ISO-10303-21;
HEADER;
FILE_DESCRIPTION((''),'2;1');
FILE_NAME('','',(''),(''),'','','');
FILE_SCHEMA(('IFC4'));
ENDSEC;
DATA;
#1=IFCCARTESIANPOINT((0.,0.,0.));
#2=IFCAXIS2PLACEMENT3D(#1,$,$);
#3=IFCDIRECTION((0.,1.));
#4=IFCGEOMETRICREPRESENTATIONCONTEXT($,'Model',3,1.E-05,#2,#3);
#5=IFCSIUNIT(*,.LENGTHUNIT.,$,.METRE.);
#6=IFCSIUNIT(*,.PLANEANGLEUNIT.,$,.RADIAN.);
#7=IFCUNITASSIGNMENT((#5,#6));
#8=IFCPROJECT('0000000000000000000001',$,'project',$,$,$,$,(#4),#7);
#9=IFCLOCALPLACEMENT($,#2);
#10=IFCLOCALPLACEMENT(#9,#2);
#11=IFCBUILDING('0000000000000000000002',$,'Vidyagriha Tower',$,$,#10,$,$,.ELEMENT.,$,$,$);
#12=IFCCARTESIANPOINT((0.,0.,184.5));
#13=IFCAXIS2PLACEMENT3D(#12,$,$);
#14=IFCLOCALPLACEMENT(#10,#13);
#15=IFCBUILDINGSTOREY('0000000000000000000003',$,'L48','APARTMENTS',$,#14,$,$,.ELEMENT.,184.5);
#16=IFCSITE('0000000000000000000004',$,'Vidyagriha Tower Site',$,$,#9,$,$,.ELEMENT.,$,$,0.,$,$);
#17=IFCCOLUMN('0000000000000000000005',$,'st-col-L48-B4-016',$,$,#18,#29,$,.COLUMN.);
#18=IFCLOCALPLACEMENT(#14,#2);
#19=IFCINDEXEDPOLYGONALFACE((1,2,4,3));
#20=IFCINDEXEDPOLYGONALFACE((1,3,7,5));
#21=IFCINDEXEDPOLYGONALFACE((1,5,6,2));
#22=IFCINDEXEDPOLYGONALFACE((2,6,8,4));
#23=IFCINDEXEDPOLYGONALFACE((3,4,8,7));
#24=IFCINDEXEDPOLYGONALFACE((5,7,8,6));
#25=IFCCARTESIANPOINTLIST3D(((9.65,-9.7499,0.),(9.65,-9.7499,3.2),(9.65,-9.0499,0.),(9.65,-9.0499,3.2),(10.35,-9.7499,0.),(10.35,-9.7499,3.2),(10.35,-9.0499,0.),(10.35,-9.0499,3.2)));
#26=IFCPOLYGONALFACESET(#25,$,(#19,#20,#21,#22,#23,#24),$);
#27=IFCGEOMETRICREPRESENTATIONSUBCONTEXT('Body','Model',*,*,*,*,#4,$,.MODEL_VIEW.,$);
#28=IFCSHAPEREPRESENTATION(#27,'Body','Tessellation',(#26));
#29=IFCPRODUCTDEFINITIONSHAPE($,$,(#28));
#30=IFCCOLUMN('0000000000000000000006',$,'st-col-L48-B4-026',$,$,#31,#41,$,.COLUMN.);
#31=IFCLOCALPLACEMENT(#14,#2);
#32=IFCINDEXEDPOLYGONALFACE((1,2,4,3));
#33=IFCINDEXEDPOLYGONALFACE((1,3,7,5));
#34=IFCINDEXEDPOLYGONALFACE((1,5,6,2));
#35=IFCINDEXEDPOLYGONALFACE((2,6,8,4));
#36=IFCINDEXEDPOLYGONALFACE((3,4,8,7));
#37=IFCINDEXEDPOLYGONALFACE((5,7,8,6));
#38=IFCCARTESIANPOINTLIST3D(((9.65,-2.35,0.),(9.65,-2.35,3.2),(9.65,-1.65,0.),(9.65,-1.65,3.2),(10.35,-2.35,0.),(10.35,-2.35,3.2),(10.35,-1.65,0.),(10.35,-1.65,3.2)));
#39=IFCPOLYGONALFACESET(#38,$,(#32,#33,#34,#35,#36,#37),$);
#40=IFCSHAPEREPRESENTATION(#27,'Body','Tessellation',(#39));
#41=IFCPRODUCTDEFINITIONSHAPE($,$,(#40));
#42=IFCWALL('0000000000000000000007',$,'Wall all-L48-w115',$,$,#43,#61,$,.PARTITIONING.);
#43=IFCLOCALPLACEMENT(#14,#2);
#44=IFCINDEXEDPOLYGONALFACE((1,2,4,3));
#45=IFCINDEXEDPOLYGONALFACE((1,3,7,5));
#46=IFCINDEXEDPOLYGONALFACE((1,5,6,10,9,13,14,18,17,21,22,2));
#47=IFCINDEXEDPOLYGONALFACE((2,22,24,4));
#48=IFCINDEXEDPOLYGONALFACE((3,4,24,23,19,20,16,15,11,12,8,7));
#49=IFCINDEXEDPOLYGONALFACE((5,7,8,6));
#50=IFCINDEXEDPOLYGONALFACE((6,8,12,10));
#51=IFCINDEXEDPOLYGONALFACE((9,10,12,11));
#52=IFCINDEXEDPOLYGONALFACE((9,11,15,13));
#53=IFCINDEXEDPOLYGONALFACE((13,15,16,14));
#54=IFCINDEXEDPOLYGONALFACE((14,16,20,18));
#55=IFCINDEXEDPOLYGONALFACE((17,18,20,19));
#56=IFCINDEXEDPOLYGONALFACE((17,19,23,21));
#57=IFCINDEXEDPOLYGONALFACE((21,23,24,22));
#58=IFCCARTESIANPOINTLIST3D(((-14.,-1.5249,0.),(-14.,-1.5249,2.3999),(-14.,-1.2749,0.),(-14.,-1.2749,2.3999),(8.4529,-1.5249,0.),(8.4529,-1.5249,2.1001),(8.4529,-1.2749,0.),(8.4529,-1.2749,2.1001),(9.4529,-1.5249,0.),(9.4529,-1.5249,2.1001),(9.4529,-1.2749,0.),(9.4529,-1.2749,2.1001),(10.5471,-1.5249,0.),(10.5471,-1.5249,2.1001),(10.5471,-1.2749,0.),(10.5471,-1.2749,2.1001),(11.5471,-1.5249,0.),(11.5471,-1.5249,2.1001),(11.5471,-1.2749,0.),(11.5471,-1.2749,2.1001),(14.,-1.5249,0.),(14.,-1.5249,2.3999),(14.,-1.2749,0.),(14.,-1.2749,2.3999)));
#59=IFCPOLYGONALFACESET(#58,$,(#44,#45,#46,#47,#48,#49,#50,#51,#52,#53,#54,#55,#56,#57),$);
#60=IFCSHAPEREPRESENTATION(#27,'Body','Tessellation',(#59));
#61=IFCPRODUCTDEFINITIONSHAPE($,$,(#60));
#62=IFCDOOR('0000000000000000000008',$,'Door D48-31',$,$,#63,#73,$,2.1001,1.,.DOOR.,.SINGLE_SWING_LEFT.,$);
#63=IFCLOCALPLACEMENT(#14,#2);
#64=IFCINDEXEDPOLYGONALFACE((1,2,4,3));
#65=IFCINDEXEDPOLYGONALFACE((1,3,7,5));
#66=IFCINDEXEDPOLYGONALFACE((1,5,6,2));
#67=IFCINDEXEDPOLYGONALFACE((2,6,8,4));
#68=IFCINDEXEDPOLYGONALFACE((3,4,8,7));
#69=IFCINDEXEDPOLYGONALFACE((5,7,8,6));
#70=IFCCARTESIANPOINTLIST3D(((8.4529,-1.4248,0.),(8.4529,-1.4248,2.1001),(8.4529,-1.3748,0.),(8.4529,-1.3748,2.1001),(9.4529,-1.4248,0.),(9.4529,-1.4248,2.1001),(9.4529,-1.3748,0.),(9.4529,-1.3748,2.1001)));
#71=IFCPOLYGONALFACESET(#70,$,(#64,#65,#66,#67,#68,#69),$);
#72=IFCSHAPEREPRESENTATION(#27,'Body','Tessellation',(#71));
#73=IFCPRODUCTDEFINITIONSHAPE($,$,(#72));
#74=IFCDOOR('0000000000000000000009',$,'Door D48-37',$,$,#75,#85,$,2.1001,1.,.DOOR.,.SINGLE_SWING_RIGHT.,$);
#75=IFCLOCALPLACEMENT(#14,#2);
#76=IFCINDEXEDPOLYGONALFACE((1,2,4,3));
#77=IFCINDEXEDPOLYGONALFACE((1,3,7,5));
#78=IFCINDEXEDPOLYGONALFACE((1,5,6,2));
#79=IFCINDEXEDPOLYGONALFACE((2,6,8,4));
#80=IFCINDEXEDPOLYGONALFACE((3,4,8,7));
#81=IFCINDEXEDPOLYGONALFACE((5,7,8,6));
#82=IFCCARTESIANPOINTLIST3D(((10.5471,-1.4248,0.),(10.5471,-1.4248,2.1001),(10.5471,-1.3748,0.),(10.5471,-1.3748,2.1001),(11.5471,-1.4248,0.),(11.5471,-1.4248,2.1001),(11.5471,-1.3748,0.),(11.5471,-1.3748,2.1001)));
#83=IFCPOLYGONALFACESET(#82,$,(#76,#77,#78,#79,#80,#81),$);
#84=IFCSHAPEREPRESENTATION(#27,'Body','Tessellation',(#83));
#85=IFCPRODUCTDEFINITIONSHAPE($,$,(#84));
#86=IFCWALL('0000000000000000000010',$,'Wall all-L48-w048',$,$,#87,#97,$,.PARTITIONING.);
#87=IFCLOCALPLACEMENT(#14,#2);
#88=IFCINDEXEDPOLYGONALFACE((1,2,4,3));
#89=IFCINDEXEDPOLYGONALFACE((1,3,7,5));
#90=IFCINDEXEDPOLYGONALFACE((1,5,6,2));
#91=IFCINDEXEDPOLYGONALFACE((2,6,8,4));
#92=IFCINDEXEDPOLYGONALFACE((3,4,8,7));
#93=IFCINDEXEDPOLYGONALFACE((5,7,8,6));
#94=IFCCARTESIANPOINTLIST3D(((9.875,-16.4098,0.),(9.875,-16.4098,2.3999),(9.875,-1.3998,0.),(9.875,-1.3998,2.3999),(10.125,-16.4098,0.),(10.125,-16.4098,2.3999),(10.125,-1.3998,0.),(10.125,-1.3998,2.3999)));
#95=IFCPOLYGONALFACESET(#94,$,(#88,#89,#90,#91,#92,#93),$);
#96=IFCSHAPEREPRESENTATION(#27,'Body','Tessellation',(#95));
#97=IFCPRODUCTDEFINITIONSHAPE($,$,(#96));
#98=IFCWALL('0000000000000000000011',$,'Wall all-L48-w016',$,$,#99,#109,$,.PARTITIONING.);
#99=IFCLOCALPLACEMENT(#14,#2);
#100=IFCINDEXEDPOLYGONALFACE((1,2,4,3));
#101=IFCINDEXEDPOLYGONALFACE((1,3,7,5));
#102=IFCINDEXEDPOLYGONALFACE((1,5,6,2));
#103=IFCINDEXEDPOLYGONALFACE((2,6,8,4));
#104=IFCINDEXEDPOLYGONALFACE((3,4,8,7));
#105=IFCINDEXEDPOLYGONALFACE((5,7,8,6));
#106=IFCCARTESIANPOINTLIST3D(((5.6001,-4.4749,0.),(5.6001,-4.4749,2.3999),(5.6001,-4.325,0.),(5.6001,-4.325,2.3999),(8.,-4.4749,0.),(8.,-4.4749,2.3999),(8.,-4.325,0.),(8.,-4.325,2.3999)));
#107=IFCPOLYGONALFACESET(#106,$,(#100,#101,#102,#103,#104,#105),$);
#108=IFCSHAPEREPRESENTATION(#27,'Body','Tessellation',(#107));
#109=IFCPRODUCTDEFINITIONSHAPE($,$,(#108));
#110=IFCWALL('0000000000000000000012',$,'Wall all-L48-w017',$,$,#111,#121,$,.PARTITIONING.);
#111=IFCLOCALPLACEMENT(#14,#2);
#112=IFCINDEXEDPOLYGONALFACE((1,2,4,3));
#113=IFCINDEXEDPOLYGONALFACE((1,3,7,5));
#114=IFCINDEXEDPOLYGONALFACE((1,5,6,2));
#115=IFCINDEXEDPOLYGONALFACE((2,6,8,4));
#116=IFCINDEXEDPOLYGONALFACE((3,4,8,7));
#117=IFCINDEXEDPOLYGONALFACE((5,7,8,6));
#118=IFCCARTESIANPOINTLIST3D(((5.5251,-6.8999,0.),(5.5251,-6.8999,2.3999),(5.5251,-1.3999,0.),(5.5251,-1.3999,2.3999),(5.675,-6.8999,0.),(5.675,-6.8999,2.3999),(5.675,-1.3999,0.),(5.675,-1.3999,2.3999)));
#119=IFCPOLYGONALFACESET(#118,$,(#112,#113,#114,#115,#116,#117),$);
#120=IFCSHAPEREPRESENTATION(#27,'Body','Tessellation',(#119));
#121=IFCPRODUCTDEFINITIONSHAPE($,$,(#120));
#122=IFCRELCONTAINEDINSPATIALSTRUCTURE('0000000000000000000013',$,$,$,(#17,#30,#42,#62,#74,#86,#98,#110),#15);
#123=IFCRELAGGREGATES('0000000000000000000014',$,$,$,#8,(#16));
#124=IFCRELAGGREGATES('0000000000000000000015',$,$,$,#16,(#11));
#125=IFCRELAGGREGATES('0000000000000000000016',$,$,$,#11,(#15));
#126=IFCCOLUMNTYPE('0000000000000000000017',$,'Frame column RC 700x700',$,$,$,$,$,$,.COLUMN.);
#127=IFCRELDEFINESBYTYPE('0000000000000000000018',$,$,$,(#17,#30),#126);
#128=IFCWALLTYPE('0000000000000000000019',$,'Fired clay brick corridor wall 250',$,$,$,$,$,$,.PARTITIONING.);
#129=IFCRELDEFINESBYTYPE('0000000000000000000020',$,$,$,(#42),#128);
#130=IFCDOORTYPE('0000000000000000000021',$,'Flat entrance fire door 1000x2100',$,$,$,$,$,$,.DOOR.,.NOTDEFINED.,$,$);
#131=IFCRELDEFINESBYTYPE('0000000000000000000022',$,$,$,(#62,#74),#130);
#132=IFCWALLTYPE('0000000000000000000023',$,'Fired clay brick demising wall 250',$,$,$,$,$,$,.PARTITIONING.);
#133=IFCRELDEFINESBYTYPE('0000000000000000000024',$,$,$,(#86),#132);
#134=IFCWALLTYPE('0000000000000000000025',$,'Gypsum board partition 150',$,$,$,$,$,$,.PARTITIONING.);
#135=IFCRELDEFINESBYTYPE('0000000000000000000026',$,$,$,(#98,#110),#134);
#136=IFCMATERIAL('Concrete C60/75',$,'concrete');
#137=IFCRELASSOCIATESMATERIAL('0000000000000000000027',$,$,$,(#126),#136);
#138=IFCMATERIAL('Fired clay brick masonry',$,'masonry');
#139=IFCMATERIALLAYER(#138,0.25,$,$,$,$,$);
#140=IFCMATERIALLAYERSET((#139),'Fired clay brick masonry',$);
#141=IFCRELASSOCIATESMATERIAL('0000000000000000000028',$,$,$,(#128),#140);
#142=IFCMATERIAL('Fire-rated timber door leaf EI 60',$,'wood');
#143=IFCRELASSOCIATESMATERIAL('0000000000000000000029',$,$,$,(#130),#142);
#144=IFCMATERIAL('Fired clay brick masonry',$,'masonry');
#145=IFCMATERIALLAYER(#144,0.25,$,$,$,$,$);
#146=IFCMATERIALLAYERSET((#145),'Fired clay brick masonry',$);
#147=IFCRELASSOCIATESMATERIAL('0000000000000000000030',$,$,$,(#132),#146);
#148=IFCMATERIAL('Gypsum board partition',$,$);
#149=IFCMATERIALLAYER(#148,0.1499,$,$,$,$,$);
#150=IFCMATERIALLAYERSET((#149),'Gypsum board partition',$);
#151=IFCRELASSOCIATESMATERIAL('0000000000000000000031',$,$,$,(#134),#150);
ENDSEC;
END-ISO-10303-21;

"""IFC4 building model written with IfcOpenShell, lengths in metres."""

from ifc_helpers import new_model, si_unit, direction, frame, frame_2d, origin, origin_2d, place, context, subcontext, project, spatial, rectangle, extrude, material, layer, layer_set, material_profile, profile_set, type_object, element, fill, save


model = new_model("IFC4")

# Units and contexts
model_context = context("Model", 3, precision=1e-05, world=origin(), true_north=direction((0.0, 1.0)))
body_context = subcontext(model_context, "Body", "Model", "MODEL_VIEW")
ifc_project = project(units=[si_unit("LENGTHUNIT", "METRE"), si_unit("PLANEANGLEUNIT", "RADIAN")], contexts=[model_context])

# Site, building, storey
site_placement = place(None, origin())
site = spatial("IfcSite", under=ifc_project, at=site_placement, Name="Vidyagriha Tower Site", CompositionType="ELEMENT", RefElevation=0.0)
building_placement = place(site_placement, origin())
building = spatial("IfcBuilding", under=site, at=building_placement, Name="Vidyagriha Tower", CompositionType="ELEMENT")
storey_placement = place(building_placement, frame((0.0, 0.0, 184.5)))
storey = spatial("IfcBuildingStorey", under=building, at=storey_placement, Name="L48", Description="APARTMENTS", CompositionType="ELEMENT", Elevation=184.5)

# Columns
ifc_material_1 = material(Name="Concrete C60/75", Category="concrete")
ifc_material_profile = material_profile(ifc_material_1, rectangle(XDim=0.7, YDim=0.7, at=origin_2d()), Name="RC 700x700")
ifc_profile_set = profile_set([ifc_material_profile], Name="Concrete C60/75")
column_type = type_object("IfcColumnType", Name="Frame column RC 700x700", PredefinedType="COLUMN", material=ifc_profile_set)
for number, where, name in (
    (1, (10.0, -9.3999, 0.0), "st-col-L48-B4-016"),
    (2, (10.0, -2.0, 0.0), "st-col-L48-B4-026"),
):
    element("IfcColumn", number, at=place(storey_placement, frame(where)), inside=storey, type_object=column_type, Name=name, PredefinedType="COLUMN", context=body_context, shape_type="SweptSolid", body=[
        extrude(rectangle(XDim=0.7, YDim=0.7, at=origin_2d()), origin(), (0.0, 0.0, 1.0), 3.2),
    ])

# Wall, openings, doors
ifc_material_2 = material(Name="Fired clay brick masonry", Category="masonry")
ifc_layer_1 = layer(ifc_material_2, 0.25)
ifc_layer_set_1 = layer_set([ifc_layer_1], Name="Fired clay brick masonry")
wall_type_1 = type_object("IfcWallType", Name="Fired clay brick corridor wall 250", PredefinedType="PARTITIONING", material=ifc_layer_set_1)
wall_1_placement = place(storey_placement, frame((14.0, -1.3999, 0.0), z_axis=(0.0, 0.0, 1.0), x_axis=(-1.0, 0.0, 0.0)))
wall_1 = element("IfcWall", 3, at=wall_1_placement, inside=storey, type_object=wall_type_1, Name="Wall all-L48-w115", PredefinedType="PARTITIONING", context=body_context, shape_type="SweptSolid", body=[
    extrude(rectangle(XDim=28.0, YDim=0.25, at=frame_2d((14.0, 0.0))), origin(), (0.0, 0.0, 1.0), 2.3999),
])
opening_1_placement = place(wall_1_placement, frame((4.5471, 0.0, 0.0)))
opening_1 = element("IfcOpeningElement", 4, at=opening_1_placement, cuts=wall_1, PredefinedType="OPENING", context=body_context, shape_type="SweptSolid", body=[
    extrude(rectangle(XDim=1.0, YDim=2.1001, at=frame_2d((0.5, 1.05))), frame((0.0, 0.135, 0.0), z_axis=(0.0, -1.0, 0.0), x_axis=(1.0, 0.0, 0.0)), (0.0, 0.0, 1.0), 0.27),
])
opening_2_placement = place(wall_1_placement, frame((2.4529, 0.0, 0.0)))
opening_2 = element("IfcOpeningElement", 5, at=opening_2_placement, cuts=wall_1, PredefinedType="OPENING", context=body_context, shape_type="SweptSolid", body=[
    extrude(rectangle(XDim=1.0, YDim=2.1001, at=frame_2d((0.5, 1.05))), frame((0.0, 0.135, 0.0), z_axis=(0.0, -1.0, 0.0), x_axis=(1.0, 0.0, 0.0)), (0.0, 0.0, 1.0), 0.27),
])
ifc_material_3 = material(Name="Fire-rated timber door leaf EI 60", Category="wood")
door_type_1 = type_object("IfcDoorType", Name="Flat entrance fire door 1000x2100", OperationType="NOTDEFINED", PredefinedType="DOOR", material=ifc_material_3)
door_1_placement = place(opening_1_placement, origin())
door_1 = element("IfcDoor", 6, at=door_1_placement, inside=storey, type_object=door_type_1, Name="Door D48-31", OperationType="SINGLE_SWING_LEFT", OverallHeight=2.1001, OverallWidth=1.0, PredefinedType="DOOR", context=body_context, shape_type="SweptSolid", body=[
    extrude(rectangle(XDim=1.0, YDim=2.1001, at=frame_2d((0.5, 1.05))), frame((0.0, 0.0249, 0.0), z_axis=(0.0, -1.0, 0.0), x_axis=(1.0, 0.0, 0.0)), (0.0, 0.0, 1.0), 0.05),
])
fill(opening_1, door_1)
door_2_placement = place(opening_2_placement, origin())
door_2 = element("IfcDoor", 7, at=door_2_placement, inside=storey, type_object=door_type_1, Name="Door D48-37", OperationType="SINGLE_SWING_RIGHT", OverallHeight=2.1001, OverallWidth=1.0, PredefinedType="DOOR", context=body_context, shape_type="SweptSolid", body=[
    extrude(rectangle(XDim=1.0, YDim=2.1001, at=frame_2d((0.5, 1.05))), frame((0.0, 0.0249, 0.0), z_axis=(0.0, -1.0, 0.0), x_axis=(1.0, 0.0, 0.0)), (0.0, 0.0, 1.0), 0.05),
])
fill(opening_2, door_2)

# Walls
ifc_material_4 = material(Name="Fired clay brick masonry", Category="masonry")
ifc_layer_2 = layer(ifc_material_4, 0.25)
ifc_layer_set_2 = layer_set([ifc_layer_2], Name="Fired clay brick masonry")
wall_type_2 = type_object("IfcWallType", Name="Fired clay brick demising wall 250", PredefinedType="PARTITIONING", material=ifc_layer_set_2)
wall_2_placement = place(storey_placement, frame((10.0, -1.3999, 0.0), z_axis=(0.0, 0.0, 1.0), x_axis=(0.0, -1.0, 0.0)))
element("IfcWall", 8, at=wall_2_placement, inside=storey, type_object=wall_type_2, Name="Wall all-L48-w048", PredefinedType="PARTITIONING", context=body_context, shape_type="SweptSolid", body=[
    extrude(rectangle(XDim=15.01, YDim=0.25, at=frame_2d((7.5049, 0.0))), origin(), (0.0, 0.0, 1.0), 2.3999),
])
ifc_material_5 = material(Name="Gypsum board partition")
ifc_layer_3 = layer(ifc_material_5, 0.1499)
ifc_layer_set_3 = layer_set([ifc_layer_3], Name="Gypsum board partition")
wall_type_3 = type_object("IfcWallType", Name="Gypsum board partition 150", PredefinedType="PARTITIONING", material=ifc_layer_set_3)
wall_3_placement = place(storey_placement, frame((8.0, -4.3999, 0.0), z_axis=(0.0, 0.0, 1.0), x_axis=(-1.0, 0.0, 0.0)))
element("IfcWall", 9, at=wall_3_placement, inside=storey, type_object=wall_type_3, Name="Wall all-L48-w016", PredefinedType="PARTITIONING", context=body_context, shape_type="SweptSolid", body=[
    extrude(rectangle(XDim=2.3999, YDim=0.1499, at=frame_2d((1.2, 0.0))), origin(), (0.0, 0.0, 1.0), 2.3999),
])
wall_4_placement = place(storey_placement, frame((5.6001, -6.8999, 0.0), z_axis=(0.0, 0.0, 1.0), x_axis=(0.0, 1.0, 0.0)))
element("IfcWall", 10, at=wall_4_placement, inside=storey, type_object=wall_type_3, Name="Wall all-L48-w017", PredefinedType="PARTITIONING", context=body_context, shape_type="SweptSolid", body=[
    extrude(rectangle(XDim=5.5, YDim=0.1499, at=frame_2d((2.75, 0.0))), origin(), (0.0, 0.0, 1.0), 2.3999),
])

save(model, "model.ifc")
